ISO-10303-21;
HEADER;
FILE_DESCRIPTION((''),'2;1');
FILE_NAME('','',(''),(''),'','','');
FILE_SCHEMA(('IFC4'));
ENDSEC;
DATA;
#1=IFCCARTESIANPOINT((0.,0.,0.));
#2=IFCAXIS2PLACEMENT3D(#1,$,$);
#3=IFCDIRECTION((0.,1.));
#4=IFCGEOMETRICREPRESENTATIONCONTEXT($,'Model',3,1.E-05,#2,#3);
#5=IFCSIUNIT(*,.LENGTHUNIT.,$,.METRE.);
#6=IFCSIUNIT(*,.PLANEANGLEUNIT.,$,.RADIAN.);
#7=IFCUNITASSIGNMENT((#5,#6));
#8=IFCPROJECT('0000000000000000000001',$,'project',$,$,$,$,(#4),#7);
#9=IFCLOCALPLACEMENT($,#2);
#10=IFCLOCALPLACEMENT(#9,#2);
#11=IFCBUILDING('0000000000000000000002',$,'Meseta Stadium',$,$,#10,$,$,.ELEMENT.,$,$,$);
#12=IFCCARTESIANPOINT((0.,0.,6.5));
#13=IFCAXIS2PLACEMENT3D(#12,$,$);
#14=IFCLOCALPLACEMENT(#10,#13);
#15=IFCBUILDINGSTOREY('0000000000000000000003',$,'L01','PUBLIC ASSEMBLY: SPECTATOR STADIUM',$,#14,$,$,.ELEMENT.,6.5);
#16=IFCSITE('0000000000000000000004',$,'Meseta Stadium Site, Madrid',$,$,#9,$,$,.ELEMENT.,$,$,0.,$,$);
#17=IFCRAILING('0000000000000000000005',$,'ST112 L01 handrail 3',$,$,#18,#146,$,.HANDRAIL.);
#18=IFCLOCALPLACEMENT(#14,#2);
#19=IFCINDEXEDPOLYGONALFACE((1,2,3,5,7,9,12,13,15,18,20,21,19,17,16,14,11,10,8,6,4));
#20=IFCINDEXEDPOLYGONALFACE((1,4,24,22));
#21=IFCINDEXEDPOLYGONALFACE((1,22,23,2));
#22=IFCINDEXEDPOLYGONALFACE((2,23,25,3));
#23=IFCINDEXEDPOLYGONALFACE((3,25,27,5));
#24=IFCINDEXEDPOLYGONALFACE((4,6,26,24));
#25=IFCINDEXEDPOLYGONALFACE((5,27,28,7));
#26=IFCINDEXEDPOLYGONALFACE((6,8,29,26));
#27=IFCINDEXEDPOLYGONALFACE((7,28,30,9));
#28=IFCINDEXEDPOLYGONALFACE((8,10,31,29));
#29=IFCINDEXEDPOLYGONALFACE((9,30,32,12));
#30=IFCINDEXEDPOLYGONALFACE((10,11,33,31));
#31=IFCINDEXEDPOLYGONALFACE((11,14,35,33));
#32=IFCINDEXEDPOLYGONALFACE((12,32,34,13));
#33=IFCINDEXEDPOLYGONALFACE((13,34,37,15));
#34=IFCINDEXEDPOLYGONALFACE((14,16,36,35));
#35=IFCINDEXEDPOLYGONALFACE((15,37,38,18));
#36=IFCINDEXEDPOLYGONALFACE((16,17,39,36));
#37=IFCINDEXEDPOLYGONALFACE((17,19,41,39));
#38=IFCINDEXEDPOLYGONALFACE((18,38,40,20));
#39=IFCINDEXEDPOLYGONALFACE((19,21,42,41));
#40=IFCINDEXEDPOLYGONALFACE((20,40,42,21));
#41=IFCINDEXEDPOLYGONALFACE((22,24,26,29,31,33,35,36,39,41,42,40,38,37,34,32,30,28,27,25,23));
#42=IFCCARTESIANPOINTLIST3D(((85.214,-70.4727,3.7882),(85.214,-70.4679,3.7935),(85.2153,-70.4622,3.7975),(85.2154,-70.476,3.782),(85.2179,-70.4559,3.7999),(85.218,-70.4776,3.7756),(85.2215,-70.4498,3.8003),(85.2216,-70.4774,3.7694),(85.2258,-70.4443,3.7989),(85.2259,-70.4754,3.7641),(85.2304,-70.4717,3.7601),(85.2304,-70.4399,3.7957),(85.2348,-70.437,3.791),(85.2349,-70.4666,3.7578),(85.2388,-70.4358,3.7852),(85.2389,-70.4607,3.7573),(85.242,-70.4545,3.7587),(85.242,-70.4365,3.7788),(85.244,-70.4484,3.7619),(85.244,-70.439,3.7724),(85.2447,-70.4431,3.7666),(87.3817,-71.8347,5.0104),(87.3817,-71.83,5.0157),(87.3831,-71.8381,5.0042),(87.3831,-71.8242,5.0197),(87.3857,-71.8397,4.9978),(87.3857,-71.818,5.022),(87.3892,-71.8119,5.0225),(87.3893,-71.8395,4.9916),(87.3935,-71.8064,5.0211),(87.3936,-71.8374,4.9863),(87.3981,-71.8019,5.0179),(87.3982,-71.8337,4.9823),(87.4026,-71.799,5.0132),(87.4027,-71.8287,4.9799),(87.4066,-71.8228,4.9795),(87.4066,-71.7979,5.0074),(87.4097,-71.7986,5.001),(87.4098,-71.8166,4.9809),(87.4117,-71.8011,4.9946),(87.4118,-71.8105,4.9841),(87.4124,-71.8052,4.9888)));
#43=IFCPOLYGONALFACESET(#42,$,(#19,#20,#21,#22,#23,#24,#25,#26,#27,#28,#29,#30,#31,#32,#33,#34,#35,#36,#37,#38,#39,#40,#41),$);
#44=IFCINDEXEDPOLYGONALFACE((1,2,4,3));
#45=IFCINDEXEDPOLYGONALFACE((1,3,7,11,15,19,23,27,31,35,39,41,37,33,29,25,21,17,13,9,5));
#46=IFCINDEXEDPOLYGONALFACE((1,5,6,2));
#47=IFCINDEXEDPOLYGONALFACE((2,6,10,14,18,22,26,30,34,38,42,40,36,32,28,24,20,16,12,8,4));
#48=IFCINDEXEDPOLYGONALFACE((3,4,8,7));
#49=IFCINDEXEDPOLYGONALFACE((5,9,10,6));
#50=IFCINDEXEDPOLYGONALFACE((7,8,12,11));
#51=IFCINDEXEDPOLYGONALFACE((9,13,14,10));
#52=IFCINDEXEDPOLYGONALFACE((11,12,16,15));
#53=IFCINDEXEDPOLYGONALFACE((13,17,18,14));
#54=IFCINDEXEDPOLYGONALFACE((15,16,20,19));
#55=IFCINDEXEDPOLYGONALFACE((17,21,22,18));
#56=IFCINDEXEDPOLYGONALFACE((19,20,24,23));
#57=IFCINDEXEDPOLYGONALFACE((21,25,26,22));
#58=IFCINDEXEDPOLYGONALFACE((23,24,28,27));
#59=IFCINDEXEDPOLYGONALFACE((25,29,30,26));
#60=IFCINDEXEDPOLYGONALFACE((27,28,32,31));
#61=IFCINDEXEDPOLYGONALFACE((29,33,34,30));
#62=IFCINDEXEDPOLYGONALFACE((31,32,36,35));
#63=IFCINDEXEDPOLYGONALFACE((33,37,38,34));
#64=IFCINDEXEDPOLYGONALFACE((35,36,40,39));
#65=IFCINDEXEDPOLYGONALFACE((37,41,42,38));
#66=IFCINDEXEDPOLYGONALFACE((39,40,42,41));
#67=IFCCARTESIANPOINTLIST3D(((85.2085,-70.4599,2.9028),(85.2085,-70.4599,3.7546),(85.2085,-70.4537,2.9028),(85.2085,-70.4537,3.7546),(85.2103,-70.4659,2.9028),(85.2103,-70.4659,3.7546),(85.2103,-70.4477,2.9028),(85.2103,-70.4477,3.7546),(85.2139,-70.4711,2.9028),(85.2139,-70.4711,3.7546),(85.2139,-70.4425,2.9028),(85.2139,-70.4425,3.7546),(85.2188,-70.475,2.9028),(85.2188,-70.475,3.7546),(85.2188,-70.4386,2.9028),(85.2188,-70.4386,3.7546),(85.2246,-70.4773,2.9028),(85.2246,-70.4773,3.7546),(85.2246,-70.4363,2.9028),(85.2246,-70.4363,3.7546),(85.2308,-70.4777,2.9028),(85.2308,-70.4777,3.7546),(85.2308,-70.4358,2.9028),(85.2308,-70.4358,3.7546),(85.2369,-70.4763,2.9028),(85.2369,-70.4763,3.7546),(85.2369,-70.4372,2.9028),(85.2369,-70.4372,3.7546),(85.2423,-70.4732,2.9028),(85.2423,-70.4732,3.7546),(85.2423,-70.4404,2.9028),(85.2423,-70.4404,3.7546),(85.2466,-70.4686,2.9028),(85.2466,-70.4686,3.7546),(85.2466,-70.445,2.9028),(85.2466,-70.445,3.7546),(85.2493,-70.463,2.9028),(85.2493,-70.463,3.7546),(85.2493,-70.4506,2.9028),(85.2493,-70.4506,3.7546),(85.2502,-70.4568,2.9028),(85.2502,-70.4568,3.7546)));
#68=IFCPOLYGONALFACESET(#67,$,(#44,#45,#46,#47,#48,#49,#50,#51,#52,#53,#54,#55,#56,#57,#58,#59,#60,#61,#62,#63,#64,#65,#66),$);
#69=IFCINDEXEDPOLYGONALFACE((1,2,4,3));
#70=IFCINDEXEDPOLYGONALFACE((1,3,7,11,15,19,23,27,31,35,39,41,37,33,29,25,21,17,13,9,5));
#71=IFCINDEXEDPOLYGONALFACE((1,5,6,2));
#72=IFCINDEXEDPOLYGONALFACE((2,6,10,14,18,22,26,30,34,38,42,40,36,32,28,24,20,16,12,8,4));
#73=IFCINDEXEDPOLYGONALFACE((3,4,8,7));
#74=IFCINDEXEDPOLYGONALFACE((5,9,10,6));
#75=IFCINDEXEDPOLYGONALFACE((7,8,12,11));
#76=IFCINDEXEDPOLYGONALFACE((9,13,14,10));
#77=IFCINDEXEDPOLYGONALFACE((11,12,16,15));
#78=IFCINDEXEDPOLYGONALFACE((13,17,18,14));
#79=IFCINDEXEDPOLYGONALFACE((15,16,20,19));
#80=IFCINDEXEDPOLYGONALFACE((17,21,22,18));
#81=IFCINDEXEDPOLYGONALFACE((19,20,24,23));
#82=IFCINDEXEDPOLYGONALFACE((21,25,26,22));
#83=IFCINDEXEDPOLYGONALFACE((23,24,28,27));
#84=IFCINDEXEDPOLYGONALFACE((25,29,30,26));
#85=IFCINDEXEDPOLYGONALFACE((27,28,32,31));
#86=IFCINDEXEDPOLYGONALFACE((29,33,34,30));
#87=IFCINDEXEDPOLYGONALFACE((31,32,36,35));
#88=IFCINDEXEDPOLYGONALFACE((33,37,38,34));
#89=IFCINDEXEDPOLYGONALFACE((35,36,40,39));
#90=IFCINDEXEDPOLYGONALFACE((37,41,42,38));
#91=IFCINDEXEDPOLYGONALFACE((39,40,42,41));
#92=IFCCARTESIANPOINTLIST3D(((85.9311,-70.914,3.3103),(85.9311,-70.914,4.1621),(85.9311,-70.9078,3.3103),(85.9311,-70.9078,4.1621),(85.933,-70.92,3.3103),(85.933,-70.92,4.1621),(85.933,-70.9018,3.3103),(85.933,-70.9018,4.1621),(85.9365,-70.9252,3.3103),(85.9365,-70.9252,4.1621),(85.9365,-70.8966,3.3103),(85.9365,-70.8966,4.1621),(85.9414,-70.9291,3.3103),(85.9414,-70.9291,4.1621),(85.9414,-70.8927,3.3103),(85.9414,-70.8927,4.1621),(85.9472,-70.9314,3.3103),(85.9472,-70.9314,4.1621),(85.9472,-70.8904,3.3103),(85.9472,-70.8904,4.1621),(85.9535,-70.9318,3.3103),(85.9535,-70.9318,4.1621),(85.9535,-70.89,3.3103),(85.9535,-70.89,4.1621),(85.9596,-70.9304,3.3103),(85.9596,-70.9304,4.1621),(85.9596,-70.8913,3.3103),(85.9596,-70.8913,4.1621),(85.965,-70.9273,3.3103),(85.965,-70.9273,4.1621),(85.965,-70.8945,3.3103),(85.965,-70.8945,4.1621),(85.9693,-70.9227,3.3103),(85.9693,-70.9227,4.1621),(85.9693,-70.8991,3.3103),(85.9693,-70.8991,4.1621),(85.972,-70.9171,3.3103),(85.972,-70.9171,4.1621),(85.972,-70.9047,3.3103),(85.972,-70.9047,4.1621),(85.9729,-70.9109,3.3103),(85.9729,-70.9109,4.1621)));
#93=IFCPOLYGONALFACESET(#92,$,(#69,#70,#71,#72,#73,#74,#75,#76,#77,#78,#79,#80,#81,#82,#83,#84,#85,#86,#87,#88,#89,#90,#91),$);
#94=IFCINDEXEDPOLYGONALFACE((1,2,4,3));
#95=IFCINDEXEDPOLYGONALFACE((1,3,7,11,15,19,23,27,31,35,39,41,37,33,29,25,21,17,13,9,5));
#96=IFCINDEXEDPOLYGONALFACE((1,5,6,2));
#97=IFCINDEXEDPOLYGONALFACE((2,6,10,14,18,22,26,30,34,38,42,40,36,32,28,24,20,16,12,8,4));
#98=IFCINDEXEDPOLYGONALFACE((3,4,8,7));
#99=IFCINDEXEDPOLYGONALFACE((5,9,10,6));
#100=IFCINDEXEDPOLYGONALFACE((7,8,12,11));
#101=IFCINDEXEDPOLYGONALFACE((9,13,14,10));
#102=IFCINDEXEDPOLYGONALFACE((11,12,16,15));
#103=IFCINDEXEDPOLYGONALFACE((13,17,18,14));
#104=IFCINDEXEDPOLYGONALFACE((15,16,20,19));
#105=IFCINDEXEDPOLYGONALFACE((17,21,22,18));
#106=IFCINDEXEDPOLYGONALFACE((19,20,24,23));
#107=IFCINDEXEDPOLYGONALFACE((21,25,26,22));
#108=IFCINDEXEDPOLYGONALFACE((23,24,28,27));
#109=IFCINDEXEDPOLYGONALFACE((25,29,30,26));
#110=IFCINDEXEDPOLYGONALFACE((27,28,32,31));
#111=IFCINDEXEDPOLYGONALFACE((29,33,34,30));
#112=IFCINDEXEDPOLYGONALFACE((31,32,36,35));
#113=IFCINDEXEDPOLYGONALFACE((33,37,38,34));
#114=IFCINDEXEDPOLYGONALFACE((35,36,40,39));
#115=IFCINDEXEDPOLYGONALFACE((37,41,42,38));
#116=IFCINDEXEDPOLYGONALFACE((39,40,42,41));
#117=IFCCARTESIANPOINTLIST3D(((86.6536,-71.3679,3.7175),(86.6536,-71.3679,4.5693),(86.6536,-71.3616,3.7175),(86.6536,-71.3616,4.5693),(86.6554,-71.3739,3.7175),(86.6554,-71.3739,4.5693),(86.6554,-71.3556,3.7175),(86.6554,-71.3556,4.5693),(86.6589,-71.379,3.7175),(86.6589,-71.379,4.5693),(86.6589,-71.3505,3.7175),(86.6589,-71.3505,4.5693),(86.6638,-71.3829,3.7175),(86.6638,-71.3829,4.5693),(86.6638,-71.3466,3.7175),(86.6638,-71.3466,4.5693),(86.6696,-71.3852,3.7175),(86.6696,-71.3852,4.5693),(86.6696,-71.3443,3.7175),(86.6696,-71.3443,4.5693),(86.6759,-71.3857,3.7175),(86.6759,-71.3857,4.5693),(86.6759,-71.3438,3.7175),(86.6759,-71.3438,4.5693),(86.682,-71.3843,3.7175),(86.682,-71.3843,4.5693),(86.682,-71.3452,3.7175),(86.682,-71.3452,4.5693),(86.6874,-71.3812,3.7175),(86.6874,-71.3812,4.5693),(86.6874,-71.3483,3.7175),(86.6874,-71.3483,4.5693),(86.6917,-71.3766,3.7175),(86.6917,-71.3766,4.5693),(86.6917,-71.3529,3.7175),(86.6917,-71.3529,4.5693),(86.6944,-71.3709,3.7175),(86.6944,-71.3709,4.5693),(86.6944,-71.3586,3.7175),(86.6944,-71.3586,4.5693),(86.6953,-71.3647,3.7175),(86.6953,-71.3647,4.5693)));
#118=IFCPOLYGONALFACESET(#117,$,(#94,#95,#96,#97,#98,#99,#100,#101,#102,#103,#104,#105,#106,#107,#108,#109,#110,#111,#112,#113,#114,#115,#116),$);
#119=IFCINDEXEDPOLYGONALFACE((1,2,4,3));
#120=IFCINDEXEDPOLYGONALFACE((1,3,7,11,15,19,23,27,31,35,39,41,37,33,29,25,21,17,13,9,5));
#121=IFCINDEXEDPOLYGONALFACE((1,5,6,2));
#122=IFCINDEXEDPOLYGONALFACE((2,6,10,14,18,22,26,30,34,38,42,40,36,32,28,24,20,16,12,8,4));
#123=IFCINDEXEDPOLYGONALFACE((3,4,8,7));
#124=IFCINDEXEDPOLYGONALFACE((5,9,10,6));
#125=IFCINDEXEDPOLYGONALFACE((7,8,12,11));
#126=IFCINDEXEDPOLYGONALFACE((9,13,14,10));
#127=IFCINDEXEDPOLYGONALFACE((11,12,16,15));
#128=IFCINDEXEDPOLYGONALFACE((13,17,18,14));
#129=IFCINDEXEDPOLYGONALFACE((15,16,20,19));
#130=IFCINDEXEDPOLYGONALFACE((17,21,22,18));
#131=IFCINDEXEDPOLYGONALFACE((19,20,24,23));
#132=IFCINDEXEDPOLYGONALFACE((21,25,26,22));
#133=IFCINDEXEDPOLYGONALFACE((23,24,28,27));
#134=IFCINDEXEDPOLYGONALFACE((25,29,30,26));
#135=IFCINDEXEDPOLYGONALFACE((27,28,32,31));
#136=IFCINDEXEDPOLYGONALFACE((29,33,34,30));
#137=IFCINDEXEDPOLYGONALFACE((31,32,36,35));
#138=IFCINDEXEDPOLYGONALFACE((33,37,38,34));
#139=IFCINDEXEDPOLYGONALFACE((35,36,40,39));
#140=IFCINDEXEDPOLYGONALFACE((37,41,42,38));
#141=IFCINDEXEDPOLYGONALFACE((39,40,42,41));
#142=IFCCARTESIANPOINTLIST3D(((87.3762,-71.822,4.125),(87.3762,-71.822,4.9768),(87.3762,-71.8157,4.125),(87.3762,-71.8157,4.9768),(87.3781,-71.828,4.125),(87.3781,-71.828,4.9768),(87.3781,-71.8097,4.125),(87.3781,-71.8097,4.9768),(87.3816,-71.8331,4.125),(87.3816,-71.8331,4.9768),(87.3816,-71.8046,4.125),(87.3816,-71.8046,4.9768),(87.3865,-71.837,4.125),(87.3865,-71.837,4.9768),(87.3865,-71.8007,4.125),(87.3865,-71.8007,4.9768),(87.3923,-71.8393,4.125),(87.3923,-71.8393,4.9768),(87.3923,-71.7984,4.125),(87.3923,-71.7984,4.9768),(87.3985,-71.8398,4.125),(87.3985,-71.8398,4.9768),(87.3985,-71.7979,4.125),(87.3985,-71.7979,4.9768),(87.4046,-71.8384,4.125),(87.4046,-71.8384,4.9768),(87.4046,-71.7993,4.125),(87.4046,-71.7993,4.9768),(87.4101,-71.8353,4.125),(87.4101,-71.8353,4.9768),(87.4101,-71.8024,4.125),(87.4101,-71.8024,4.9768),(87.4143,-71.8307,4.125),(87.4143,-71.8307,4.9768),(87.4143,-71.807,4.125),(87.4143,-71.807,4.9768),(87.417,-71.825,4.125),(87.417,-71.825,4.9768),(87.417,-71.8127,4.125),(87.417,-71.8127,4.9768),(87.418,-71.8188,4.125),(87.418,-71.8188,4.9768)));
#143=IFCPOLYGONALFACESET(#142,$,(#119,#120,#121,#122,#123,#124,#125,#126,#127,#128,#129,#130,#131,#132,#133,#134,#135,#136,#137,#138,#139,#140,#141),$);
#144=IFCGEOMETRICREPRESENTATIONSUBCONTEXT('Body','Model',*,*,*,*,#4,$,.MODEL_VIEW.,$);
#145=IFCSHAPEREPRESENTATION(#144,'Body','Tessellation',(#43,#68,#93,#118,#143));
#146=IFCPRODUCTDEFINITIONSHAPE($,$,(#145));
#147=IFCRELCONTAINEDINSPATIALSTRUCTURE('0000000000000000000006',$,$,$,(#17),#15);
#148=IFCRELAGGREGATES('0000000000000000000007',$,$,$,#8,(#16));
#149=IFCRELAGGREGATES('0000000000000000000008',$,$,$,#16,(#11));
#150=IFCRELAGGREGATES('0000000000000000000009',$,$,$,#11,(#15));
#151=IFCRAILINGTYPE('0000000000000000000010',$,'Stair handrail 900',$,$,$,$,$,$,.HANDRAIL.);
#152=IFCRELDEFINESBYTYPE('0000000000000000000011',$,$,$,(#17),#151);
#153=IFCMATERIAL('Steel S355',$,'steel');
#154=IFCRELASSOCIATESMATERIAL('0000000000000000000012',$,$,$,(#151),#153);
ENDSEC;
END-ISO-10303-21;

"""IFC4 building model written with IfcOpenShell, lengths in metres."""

from ifc_helpers import new_model, si_unit, direction, frame, origin, origin_2d, place, context, subcontext, project, spatial, circle, extrude, material, type_object, element, save


model = new_model("IFC4")

# Units and contexts
model_context = context("Model", 3, precision=1e-05, world=origin(), true_north=direction((0.0, 1.0)))
body_context = subcontext(model_context, "Body", "Model", "MODEL_VIEW")
ifc_project = project(units=[si_unit("LENGTHUNIT", "METRE"), si_unit("PLANEANGLEUNIT", "RADIAN")], contexts=[model_context])

# Site, building, storey
site_placement = place(None, origin())
site = spatial("IfcSite", under=ifc_project, at=site_placement, Name="Meseta Stadium Site, Madrid", CompositionType="ELEMENT", RefElevation=0.0)
building_placement = place(site_placement, origin())
building = spatial("IfcBuilding", under=site, at=building_placement, Name="Meseta Stadium", CompositionType="ELEMENT")
storey_placement = place(building_placement, frame((0.0, 0.0, 6.5)))
storey = spatial("IfcBuildingStorey", under=building, at=storey_placement, Name="L01", Description="PUBLIC ASSEMBLY: SPECTATOR STADIUM", CompositionType="ELEMENT", Elevation=6.5)

# Railing
ifc_material_1 = material(Name="Steel S355", Category="steel")
railing_type_1 = type_object("IfcRailingType", Name="Stair handrail 900", PredefinedType="HANDRAIL", material=ifc_material_1)
railing_1_placement = place(storey_placement, frame((85.2292, -70.4568, 2.9028)))
element("IfcRailing", 1, at=railing_1_placement, inside=storey, type_object=railing_type_1, Name="ST112 L01 handrail 3", PredefinedType="HANDRAIL", context=body_context, shape_type="SweptSolid", body=[
    extrude(circle(Radius=0.0239, at=origin_2d()), frame((0.0, 0.0, 0.876), z_axis=(0.764121, -0.480125, 0.430813), x_axis=(0.532029, 0.846726, 0.0)), (0.0, 0.0, 1.0), 2.8369),
    extrude(circle(Radius=0.021, at=origin_2d()), origin(), (0.0, 0.0, 1.0), 0.8518),
    extrude(circle(Radius=0.021, at=origin_2d()), frame((0.7227, -0.4541, 0.4075)), (0.0, 0.0, 1.0), 0.8518),
    extrude(circle(Radius=0.021, at=origin_2d()), frame((1.4451, -0.908, 0.8147)), (0.0, 0.0, 1.0), 0.8518),
    extrude(circle(Radius=0.021, at=origin_2d()), frame((2.1677, -1.3621, 1.2222)), (0.0, 0.0, 1.0), 0.8518),
])

save(model, "model.ifc")
